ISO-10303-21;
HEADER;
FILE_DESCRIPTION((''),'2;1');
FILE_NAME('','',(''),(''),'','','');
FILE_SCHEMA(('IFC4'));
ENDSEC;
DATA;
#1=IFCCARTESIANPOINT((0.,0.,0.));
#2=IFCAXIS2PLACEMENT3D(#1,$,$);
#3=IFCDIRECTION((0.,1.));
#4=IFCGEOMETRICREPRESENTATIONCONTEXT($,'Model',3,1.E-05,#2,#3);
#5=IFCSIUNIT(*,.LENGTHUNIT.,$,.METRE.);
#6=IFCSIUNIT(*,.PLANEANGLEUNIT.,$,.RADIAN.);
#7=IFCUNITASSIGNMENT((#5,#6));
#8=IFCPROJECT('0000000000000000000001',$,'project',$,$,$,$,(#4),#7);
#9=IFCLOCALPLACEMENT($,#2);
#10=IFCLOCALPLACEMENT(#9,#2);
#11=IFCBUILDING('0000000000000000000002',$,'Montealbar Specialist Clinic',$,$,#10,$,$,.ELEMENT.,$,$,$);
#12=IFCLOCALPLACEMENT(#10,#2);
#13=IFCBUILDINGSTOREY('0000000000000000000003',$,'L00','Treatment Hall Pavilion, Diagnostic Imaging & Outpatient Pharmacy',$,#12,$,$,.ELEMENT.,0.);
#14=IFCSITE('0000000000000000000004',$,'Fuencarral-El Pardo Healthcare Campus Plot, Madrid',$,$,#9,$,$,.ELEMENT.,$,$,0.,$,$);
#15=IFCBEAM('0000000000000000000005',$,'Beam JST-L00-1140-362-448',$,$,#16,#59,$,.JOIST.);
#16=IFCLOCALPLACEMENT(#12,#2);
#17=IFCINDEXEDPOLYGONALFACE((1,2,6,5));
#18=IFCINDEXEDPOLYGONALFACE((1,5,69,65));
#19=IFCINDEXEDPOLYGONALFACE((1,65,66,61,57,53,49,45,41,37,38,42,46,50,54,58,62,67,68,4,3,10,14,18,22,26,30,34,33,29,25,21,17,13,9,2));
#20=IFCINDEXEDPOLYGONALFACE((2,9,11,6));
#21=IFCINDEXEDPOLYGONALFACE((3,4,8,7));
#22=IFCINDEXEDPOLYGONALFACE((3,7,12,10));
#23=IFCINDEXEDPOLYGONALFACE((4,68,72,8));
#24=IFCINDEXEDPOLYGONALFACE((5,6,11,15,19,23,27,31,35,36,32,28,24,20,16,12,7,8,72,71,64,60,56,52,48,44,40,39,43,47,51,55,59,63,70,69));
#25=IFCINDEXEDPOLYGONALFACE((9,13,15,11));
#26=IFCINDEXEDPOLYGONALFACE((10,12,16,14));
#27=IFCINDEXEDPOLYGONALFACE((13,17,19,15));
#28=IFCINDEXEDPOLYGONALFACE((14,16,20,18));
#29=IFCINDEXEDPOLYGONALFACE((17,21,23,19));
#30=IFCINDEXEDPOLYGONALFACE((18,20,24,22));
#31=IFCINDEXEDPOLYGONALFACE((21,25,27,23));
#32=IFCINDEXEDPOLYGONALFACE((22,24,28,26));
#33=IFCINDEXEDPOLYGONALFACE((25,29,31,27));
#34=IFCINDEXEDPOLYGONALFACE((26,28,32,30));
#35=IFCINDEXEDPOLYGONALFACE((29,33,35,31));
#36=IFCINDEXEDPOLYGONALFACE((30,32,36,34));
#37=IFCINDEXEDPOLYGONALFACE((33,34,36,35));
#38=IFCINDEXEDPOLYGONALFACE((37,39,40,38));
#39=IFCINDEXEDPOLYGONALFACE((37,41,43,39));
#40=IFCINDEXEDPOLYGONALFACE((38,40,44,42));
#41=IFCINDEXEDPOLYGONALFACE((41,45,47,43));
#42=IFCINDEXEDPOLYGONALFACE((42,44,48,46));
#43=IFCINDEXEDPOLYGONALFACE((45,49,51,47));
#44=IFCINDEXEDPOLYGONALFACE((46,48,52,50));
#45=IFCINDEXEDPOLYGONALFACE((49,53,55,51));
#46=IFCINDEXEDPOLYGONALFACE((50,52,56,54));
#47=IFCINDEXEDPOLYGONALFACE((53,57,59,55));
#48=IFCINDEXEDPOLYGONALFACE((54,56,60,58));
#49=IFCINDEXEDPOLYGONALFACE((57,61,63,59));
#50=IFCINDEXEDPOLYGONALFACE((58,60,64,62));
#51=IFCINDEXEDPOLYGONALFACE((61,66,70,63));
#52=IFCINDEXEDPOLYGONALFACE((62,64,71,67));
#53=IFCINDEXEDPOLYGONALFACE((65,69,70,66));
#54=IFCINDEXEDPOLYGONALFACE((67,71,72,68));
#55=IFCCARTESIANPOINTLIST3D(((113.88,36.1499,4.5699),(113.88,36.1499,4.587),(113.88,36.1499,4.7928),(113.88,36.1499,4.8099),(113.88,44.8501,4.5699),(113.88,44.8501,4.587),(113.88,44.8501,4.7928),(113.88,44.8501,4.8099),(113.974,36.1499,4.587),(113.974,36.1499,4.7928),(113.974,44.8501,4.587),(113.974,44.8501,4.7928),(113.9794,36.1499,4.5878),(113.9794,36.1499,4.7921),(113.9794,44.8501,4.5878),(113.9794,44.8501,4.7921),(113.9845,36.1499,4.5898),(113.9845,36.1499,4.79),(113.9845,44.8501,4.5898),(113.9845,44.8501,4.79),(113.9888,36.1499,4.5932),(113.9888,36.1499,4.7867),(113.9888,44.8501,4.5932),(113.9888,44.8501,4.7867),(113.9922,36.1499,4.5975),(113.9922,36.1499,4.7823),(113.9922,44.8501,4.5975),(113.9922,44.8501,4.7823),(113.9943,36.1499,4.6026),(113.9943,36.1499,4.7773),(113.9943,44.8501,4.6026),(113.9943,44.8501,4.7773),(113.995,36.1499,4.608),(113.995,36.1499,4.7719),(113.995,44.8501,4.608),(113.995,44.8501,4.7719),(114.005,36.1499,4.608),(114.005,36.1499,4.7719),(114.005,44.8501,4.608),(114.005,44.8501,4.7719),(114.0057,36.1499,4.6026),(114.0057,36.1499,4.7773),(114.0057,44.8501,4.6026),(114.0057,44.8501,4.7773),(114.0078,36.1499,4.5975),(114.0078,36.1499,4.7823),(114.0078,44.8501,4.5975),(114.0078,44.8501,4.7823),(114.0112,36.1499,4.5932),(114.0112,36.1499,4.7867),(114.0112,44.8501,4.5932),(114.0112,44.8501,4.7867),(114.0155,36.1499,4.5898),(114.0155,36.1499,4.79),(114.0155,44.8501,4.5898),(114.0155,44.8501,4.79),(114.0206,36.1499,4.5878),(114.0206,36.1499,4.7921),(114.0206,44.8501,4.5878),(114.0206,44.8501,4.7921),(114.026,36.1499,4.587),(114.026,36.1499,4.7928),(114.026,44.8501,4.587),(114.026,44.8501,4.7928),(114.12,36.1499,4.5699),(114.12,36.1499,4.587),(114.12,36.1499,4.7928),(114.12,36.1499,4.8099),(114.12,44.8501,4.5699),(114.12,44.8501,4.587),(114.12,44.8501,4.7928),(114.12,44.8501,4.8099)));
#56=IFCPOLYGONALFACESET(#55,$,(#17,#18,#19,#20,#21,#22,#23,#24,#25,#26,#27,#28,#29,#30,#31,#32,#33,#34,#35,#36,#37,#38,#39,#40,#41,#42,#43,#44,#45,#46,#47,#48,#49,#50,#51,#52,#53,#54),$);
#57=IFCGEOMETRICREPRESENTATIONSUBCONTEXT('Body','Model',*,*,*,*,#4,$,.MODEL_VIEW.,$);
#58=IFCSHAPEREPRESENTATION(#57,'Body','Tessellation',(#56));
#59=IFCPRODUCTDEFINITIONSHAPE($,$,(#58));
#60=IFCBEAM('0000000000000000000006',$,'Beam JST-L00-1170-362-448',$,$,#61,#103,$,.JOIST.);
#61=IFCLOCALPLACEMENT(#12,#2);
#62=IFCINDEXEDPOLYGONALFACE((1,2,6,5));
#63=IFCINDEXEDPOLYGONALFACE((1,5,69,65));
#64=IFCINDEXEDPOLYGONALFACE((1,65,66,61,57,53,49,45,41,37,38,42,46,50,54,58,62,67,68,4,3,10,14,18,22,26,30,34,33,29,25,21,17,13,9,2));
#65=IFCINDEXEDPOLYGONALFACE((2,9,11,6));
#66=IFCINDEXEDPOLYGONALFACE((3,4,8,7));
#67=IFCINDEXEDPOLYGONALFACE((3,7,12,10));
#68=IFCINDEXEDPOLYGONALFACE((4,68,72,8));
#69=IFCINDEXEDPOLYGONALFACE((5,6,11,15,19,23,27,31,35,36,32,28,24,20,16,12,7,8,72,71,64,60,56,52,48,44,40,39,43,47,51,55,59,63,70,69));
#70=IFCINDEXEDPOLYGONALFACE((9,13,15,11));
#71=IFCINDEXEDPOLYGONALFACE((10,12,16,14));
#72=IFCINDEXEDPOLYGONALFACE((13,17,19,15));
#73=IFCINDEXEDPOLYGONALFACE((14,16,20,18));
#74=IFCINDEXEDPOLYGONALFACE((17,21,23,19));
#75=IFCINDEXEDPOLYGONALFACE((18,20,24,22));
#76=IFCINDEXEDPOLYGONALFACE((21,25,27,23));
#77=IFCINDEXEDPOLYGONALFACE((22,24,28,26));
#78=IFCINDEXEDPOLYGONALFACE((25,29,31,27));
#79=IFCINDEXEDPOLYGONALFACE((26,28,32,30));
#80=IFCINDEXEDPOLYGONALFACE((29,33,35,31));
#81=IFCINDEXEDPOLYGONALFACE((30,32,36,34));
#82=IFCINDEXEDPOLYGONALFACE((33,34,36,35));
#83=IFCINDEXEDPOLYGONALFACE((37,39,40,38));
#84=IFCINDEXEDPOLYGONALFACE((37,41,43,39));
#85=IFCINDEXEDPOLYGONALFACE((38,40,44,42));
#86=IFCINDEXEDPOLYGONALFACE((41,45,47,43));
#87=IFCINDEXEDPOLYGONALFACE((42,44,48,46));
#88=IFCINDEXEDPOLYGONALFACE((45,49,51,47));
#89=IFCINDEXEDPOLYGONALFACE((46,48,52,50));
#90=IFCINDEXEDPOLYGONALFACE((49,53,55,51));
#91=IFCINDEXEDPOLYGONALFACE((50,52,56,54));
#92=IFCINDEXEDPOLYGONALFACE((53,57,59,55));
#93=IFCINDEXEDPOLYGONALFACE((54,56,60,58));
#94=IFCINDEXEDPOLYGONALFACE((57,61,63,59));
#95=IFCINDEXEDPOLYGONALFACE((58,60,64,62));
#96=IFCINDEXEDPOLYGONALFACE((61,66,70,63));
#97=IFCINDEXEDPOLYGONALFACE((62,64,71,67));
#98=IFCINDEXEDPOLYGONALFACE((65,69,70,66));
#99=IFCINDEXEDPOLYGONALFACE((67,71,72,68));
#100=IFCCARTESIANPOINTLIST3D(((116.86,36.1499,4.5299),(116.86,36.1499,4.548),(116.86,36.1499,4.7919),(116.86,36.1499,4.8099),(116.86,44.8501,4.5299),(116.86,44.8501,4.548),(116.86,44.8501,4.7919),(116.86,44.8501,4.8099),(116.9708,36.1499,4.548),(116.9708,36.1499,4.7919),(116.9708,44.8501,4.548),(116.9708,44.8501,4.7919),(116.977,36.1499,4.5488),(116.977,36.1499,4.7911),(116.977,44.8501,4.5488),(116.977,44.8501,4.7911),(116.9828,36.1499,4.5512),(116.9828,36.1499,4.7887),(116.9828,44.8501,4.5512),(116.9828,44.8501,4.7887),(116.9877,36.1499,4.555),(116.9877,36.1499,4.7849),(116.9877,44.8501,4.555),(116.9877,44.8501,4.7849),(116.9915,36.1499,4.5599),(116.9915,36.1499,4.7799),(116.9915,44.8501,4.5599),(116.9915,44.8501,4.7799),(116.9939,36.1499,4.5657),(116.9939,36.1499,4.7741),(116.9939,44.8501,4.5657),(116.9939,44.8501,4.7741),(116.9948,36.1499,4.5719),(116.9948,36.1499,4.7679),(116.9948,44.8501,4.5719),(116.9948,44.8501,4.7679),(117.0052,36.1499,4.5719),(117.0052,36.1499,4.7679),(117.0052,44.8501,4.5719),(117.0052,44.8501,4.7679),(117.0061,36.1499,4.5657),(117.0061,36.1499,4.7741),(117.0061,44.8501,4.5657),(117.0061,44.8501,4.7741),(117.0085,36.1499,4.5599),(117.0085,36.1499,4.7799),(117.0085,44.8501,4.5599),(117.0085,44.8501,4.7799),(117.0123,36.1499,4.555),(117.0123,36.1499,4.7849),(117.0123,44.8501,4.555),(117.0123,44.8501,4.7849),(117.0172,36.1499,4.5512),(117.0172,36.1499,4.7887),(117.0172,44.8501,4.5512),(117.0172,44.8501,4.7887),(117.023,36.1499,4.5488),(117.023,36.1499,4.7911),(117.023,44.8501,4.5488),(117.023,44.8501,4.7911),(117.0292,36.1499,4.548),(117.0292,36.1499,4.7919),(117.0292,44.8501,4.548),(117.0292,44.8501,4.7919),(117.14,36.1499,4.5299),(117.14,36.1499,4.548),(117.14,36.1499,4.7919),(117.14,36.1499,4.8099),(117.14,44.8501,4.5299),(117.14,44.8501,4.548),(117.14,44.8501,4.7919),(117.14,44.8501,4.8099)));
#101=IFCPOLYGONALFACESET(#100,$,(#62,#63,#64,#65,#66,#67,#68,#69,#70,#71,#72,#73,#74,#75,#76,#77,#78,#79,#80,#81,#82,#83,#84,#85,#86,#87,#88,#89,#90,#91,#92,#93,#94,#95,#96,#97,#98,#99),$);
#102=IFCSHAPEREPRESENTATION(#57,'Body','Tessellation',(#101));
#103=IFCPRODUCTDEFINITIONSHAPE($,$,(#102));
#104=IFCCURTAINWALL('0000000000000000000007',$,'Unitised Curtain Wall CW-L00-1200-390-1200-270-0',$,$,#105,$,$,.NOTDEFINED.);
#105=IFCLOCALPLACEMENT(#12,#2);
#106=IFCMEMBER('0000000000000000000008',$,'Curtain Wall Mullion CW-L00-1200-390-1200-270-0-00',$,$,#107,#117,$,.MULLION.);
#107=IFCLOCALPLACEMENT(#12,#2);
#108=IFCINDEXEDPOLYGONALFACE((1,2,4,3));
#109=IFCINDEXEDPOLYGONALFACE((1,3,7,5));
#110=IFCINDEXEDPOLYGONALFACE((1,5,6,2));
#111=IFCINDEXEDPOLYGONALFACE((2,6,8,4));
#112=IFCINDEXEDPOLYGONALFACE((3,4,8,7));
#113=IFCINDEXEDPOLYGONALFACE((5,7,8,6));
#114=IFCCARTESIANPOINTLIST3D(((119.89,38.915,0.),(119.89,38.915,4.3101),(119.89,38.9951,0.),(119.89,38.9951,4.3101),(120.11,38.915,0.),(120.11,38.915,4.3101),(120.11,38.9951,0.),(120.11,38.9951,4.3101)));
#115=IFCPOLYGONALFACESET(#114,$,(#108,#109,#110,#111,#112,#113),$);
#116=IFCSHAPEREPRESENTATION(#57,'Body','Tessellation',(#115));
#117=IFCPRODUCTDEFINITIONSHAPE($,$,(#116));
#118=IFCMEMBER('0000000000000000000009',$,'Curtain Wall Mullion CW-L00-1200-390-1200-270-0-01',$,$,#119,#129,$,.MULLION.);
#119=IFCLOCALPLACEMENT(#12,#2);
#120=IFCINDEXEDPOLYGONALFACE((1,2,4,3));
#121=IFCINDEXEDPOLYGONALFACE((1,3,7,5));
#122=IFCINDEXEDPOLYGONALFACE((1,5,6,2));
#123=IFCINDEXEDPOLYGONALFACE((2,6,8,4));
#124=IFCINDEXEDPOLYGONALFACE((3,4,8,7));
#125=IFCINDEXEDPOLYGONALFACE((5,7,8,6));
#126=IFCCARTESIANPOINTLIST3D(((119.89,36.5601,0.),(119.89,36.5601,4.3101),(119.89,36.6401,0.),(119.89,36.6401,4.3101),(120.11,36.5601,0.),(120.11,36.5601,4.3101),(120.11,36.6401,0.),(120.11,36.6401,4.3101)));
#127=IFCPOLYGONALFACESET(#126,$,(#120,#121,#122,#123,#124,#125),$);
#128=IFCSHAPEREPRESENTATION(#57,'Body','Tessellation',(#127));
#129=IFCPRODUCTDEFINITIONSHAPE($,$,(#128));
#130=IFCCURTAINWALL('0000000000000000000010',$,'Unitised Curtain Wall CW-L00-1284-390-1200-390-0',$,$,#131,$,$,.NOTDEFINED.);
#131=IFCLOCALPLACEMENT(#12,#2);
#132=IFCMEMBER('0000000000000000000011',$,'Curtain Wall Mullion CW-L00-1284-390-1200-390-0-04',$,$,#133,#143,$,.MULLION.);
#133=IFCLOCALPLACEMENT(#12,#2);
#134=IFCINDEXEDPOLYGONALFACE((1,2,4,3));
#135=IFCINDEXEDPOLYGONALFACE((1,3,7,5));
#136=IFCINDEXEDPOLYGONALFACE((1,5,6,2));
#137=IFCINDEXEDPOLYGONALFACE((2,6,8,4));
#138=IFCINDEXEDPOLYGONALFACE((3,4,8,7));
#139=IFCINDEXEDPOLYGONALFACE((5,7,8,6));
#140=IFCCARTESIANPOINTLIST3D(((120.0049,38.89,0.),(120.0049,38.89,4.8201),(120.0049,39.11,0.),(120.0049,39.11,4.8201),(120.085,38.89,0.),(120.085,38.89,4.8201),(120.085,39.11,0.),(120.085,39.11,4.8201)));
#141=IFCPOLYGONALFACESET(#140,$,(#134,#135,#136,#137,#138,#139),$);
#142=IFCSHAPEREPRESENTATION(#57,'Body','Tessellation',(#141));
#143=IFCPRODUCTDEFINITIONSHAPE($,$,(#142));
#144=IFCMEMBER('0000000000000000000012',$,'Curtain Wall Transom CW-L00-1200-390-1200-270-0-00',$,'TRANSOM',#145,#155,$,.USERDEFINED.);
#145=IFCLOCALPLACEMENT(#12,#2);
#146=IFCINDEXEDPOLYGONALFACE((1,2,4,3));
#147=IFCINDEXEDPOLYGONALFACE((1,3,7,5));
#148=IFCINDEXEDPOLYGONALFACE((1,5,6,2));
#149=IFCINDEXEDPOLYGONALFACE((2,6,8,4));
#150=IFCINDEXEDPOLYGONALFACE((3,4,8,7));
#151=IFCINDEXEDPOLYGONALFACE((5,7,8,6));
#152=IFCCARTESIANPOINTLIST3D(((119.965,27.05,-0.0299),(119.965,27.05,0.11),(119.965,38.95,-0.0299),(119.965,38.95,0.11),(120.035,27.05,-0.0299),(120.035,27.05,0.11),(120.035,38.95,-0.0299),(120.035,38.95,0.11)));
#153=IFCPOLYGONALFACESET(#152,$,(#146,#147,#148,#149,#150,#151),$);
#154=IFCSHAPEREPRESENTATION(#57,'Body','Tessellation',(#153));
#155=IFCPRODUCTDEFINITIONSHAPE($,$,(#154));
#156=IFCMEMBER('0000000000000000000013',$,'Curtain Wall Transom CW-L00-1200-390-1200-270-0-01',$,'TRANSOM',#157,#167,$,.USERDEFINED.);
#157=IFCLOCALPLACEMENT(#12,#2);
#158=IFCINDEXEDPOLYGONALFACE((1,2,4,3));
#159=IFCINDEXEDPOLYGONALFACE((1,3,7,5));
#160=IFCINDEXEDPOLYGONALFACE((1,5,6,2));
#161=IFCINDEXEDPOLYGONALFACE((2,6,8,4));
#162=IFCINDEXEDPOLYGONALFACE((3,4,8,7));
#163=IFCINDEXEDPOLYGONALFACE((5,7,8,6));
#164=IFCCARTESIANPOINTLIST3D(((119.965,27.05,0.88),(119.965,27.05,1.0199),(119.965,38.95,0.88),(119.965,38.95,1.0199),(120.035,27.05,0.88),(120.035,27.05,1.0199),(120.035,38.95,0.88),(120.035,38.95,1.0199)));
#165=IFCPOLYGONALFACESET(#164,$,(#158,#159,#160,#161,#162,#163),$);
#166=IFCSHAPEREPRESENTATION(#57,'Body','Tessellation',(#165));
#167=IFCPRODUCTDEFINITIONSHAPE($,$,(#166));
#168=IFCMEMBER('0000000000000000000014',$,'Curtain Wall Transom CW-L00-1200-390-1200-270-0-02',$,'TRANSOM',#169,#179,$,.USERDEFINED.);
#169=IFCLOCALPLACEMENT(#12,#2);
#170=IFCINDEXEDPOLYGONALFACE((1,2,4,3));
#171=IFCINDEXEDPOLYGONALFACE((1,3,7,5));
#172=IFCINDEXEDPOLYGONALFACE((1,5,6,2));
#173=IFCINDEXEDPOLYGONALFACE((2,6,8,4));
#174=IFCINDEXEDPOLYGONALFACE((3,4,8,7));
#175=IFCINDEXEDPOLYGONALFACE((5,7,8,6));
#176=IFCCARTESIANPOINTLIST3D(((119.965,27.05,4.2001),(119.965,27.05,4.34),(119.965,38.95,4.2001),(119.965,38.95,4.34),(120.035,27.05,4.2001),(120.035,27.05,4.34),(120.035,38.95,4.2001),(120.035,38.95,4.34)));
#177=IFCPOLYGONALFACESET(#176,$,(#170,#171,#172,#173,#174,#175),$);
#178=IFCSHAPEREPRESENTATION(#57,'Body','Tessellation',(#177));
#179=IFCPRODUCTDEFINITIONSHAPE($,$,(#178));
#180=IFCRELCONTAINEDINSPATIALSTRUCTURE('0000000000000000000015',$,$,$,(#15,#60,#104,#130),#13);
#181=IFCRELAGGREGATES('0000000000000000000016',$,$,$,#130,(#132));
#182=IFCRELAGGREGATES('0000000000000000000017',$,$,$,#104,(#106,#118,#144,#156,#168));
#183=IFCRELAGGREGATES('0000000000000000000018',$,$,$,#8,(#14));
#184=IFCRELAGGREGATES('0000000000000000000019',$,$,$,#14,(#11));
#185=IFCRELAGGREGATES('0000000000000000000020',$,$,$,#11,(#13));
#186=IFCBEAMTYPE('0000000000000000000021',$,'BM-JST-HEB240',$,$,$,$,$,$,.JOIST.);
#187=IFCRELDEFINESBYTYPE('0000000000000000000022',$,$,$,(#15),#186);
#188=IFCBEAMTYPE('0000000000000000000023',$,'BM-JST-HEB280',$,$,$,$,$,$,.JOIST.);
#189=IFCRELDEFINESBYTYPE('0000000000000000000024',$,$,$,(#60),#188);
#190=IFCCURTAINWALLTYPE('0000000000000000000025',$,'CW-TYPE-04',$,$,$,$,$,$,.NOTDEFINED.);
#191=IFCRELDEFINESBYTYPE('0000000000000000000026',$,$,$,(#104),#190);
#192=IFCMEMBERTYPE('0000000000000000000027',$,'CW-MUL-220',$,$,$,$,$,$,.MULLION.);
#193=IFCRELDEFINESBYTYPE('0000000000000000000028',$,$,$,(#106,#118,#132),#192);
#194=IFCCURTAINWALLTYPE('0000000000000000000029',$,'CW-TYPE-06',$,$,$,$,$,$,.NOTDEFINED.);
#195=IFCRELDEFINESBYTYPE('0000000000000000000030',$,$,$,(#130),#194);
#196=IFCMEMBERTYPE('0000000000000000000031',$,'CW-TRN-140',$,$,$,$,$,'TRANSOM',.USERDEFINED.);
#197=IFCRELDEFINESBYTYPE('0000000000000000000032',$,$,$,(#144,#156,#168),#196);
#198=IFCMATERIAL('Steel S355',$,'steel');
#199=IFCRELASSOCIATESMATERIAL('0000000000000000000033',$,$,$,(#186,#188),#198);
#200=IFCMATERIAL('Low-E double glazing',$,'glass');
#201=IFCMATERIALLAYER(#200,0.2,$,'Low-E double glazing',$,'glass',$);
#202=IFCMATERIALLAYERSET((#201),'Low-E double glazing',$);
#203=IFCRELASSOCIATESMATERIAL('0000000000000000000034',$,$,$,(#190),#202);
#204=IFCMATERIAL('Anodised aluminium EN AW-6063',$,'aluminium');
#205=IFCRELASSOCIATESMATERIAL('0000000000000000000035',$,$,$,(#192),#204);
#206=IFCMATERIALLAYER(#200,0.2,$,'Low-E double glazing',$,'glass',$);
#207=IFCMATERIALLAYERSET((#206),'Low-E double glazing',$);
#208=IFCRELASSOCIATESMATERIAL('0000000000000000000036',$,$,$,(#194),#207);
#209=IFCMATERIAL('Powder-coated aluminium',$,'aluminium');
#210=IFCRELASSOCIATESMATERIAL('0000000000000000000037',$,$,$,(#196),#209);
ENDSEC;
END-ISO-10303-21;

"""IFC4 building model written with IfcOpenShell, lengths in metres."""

from ifc_helpers import new_model, si_unit, direction, frame, origin, origin_2d, place, context, subcontext, project, spatial, rectangle, i_section, extrude, material, layer, layer_set, material_profile, profile_set, type_object, element, aggregate, save


model = new_model("IFC4")

# Units and contexts
model_context = context("Model", 3, precision=1e-05, world=origin(), true_north=direction((0.0, 1.0)))
body_context = subcontext(model_context, "Body", "Model", "MODEL_VIEW")
ifc_project = project(units=[si_unit("LENGTHUNIT", "METRE"), si_unit("PLANEANGLEUNIT", "RADIAN")], contexts=[model_context])

# Site, building, storey
site_placement = place(None, origin())
site = spatial("IfcSite", under=ifc_project, at=site_placement, Name="Fuencarral-El Pardo Healthcare Campus Plot, Madrid", CompositionType="ELEMENT", RefElevation=0.0)
building_placement = place(site_placement, origin())
building = spatial("IfcBuilding", under=site, at=building_placement, Name="Montealbar Specialist Clinic", CompositionType="ELEMENT")
storey_placement = place(building_placement, origin())
storey = spatial("IfcBuildingStorey", under=building, at=storey_placement, Name="L00", Description="Treatment Hall Pavilion, Diagnostic Imaging & Outpatient Pharmacy", CompositionType="ELEMENT", Elevation=0.0)

# Shared definitions
ifc_material_1 = material(Name="Steel S355", Category="steel")

# Beams
ifc_material_profile_1 = material_profile(ifc_material_1, i_section(OverallWidth=0.24, OverallDepth=0.24, WebThickness=0.01, FlangeThickness=0.0171, FilletRadius=0.021, at=origin_2d()), Name="HEB 240", Category="steel")
ifc_profile_set_1 = profile_set([ifc_material_profile_1], Name="Steel S355")
beam_type_1 = type_object("IfcBeamType", Name="BM-JST-HEB240", PredefinedType="JOIST", material=ifc_profile_set_1)
beam_1_placement = place(storey_placement, frame((114.0, 36.1499, 4.6899), z_axis=(0.0, 1.0, 0.0), x_axis=(-1.0, 0.0, 0.0)))
element("IfcBeam", 1, at=beam_1_placement, inside=storey, type_object=beam_type_1, Name="Beam JST-L00-1140-362-448", PredefinedType="JOIST", context=body_context, shape_type="SweptSolid", body=[
    extrude(i_section(OverallWidth=0.24, OverallDepth=0.24, WebThickness=0.01, FlangeThickness=0.0171, FilletRadius=0.021, at=origin_2d()), origin(), (0.0, 0.0, 1.0), 8.7002),
])
ifc_material_profile_2 = material_profile(ifc_material_1, i_section(OverallWidth=0.28, OverallDepth=0.28, WebThickness=0.0105, FlangeThickness=0.0181, FilletRadius=0.0239, at=origin_2d()), Name="HEB 280", Category="steel")
ifc_profile_set_2 = profile_set([ifc_material_profile_2], Name="Steel S355")
beam_type_2 = type_object("IfcBeamType", Name="BM-JST-HEB280", PredefinedType="JOIST", material=ifc_profile_set_2)
beam_2_placement = place(storey_placement, frame((117.0, 36.1499, 4.6699), z_axis=(0.0, 1.0, 0.0), x_axis=(-1.0, 0.0, 0.0)))
element("IfcBeam", 2, at=beam_2_placement, inside=storey, type_object=beam_type_2, Name="Beam JST-L00-1170-362-448", PredefinedType="JOIST", context=body_context, shape_type="SweptSolid", body=[
    extrude(i_section(OverallWidth=0.28, OverallDepth=0.28, WebThickness=0.0105, FlangeThickness=0.0181, FilletRadius=0.0239, at=origin_2d()), origin(), (0.0, 0.0, 1.0), 8.7002),
])

# Curtain wall, members
ifc_material_2 = material(Name="Low-E double glazing", Category="glass")
ifc_layer_1 = layer(ifc_material_2, 0.2, Name="Low-E double glazing", Category="glass")
ifc_layer_set_1 = layer_set([ifc_layer_1], Name="Low-E double glazing")
curtain_wall_type_1 = type_object("IfcCurtainWallType", Name="CW-TYPE-04", PredefinedType="NOTDEFINED", material=ifc_layer_set_1)
curtain_wall_1_placement = place(storey_placement, origin())
curtain_wall_1 = element("IfcCurtainWall", 3, at=curtain_wall_1_placement, inside=storey, type_object=curtain_wall_type_1, Name="Unitised Curtain Wall CW-L00-1200-390-1200-270-0", PredefinedType="NOTDEFINED")
ifc_material_3 = material(Name="Anodised aluminium EN AW-6063", Category="aluminium")
ifc_material_profile_3 = material_profile(ifc_material_3, rectangle(XDim=0.0801, YDim=0.22, at=origin_2d()), Name="ALU 80x220", Category="aluminium")
ifc_profile_set_3 = profile_set([ifc_material_profile_3], Name="Anodised aluminium EN AW-6063")
member_type_1 = type_object("IfcMemberType", Name="CW-MUL-220", PredefinedType="MULLION", material=ifc_profile_set_3)
member_1_placement = place(storey_placement, frame((120.0, 38.9551, 0.0), z_axis=(0.0, 0.0, 1.0), x_axis=(0.0, -1.0, 0.0)))
member_1 = element("IfcMember", 4, at=member_1_placement, type_object=member_type_1, Name="Curtain Wall Mullion CW-L00-1200-390-1200-270-0-00", PredefinedType="MULLION", context=body_context, shape_type="SweptSolid", body=[
    extrude(rectangle(XDim=0.0801, YDim=0.22, at=origin_2d()), origin(), (0.0, 0.0, 1.0), 4.3101),
])
member_2_placement = place(storey_placement, frame((120.0, 36.6001, 0.0), z_axis=(0.0, 0.0, 1.0), x_axis=(0.0, -1.0, 0.0)))
member_2 = element("IfcMember", 5, at=member_2_placement, type_object=member_type_1, Name="Curtain Wall Mullion CW-L00-1200-390-1200-270-0-01", PredefinedType="MULLION", context=body_context, shape_type="SweptSolid", body=[
    extrude(rectangle(XDim=0.0801, YDim=0.22, at=origin_2d()), origin(), (0.0, 0.0, 1.0), 4.3101),
])

# Curtain wall, member
ifc_layer_2 = layer(ifc_material_2, 0.2, Name="Low-E double glazing", Category="glass")
ifc_layer_set_2 = layer_set([ifc_layer_2], Name="Low-E double glazing")
curtain_wall_type_2 = type_object("IfcCurtainWallType", Name="CW-TYPE-06", PredefinedType="NOTDEFINED", material=ifc_layer_set_2)
curtain_wall_2_placement = place(storey_placement, origin())
curtain_wall_2 = element("IfcCurtainWall", 6, at=curtain_wall_2_placement, inside=storey, type_object=curtain_wall_type_2, Name="Unitised Curtain Wall CW-L00-1284-390-1200-390-0", PredefinedType="NOTDEFINED")
member_3_placement = place(storey_placement, frame((120.0449, 39.0, 0.0), z_axis=(0.0, 0.0, 1.0), x_axis=(-1.0, 0.0, 0.0)))
member_3 = element("IfcMember", 7, at=member_3_placement, type_object=member_type_1, Name="Curtain Wall Mullion CW-L00-1284-390-1200-390-0-04", PredefinedType="MULLION", context=body_context, shape_type="SweptSolid", body=[
    extrude(rectangle(XDim=0.0801, YDim=0.22, at=origin_2d()), origin(), (0.0, 0.0, 1.0), 4.8201),
])
aggregate(curtain_wall_2, [member_3])

# Members
ifc_material_4 = material(Name="Powder-coated aluminium", Category="aluminium")
ifc_material_profile_4 = material_profile(ifc_material_4, rectangle(XDim=0.0701, YDim=0.1399, at=origin_2d()), Name="ALU 70x140", Category="aluminium")
ifc_profile_set_4 = profile_set([ifc_material_profile_4], Name="Powder-coated aluminium")
member_type_2 = type_object("IfcMemberType", Name="CW-TRN-140", ElementType="TRANSOM", PredefinedType="USERDEFINED", material=ifc_profile_set_4)
member_4_placement = place(storey_placement, frame((120.0, 38.95, 0.04), z_axis=(0.0, -1.0, 0.0), x_axis=(1.0, 0.0, 0.0)))
member_4 = element("IfcMember", 8, at=member_4_placement, type_object=member_type_2, Name="Curtain Wall Transom CW-L00-1200-390-1200-270-0-00", ObjectType="TRANSOM", PredefinedType="USERDEFINED", context=body_context, shape_type="SweptSolid", body=[
    extrude(rectangle(XDim=0.0701, YDim=0.1399, at=origin_2d()), origin(), (0.0, 0.0, 1.0), 11.8999),
])
member_5_placement = place(storey_placement, frame((120.0, 38.95, 0.95), z_axis=(0.0, -1.0, 0.0), x_axis=(1.0, 0.0, 0.0)))
member_5 = element("IfcMember", 9, at=member_5_placement, type_object=member_type_2, Name="Curtain Wall Transom CW-L00-1200-390-1200-270-0-01", ObjectType="TRANSOM", PredefinedType="USERDEFINED", context=body_context, shape_type="SweptSolid", body=[
    extrude(rectangle(XDim=0.0701, YDim=0.1399, at=origin_2d()), origin(), (0.0, 0.0, 1.0), 11.8999),
])
member_6_placement = place(storey_placement, frame((120.0, 38.95, 4.27), z_axis=(0.0, -1.0, 0.0), x_axis=(1.0, 0.0, 0.0)))
member_6 = element("IfcMember", 10, at=member_6_placement, type_object=member_type_2, Name="Curtain Wall Transom CW-L00-1200-390-1200-270-0-02", ObjectType="TRANSOM", PredefinedType="USERDEFINED", context=body_context, shape_type="SweptSolid", body=[
    extrude(rectangle(XDim=0.0701, YDim=0.1399, at=origin_2d()), origin(), (0.0, 0.0, 1.0), 11.8999),
])

aggregate(curtain_wall_1, [member_1, member_2, member_4, member_5, member_6])

save(model, "model.ifc")
